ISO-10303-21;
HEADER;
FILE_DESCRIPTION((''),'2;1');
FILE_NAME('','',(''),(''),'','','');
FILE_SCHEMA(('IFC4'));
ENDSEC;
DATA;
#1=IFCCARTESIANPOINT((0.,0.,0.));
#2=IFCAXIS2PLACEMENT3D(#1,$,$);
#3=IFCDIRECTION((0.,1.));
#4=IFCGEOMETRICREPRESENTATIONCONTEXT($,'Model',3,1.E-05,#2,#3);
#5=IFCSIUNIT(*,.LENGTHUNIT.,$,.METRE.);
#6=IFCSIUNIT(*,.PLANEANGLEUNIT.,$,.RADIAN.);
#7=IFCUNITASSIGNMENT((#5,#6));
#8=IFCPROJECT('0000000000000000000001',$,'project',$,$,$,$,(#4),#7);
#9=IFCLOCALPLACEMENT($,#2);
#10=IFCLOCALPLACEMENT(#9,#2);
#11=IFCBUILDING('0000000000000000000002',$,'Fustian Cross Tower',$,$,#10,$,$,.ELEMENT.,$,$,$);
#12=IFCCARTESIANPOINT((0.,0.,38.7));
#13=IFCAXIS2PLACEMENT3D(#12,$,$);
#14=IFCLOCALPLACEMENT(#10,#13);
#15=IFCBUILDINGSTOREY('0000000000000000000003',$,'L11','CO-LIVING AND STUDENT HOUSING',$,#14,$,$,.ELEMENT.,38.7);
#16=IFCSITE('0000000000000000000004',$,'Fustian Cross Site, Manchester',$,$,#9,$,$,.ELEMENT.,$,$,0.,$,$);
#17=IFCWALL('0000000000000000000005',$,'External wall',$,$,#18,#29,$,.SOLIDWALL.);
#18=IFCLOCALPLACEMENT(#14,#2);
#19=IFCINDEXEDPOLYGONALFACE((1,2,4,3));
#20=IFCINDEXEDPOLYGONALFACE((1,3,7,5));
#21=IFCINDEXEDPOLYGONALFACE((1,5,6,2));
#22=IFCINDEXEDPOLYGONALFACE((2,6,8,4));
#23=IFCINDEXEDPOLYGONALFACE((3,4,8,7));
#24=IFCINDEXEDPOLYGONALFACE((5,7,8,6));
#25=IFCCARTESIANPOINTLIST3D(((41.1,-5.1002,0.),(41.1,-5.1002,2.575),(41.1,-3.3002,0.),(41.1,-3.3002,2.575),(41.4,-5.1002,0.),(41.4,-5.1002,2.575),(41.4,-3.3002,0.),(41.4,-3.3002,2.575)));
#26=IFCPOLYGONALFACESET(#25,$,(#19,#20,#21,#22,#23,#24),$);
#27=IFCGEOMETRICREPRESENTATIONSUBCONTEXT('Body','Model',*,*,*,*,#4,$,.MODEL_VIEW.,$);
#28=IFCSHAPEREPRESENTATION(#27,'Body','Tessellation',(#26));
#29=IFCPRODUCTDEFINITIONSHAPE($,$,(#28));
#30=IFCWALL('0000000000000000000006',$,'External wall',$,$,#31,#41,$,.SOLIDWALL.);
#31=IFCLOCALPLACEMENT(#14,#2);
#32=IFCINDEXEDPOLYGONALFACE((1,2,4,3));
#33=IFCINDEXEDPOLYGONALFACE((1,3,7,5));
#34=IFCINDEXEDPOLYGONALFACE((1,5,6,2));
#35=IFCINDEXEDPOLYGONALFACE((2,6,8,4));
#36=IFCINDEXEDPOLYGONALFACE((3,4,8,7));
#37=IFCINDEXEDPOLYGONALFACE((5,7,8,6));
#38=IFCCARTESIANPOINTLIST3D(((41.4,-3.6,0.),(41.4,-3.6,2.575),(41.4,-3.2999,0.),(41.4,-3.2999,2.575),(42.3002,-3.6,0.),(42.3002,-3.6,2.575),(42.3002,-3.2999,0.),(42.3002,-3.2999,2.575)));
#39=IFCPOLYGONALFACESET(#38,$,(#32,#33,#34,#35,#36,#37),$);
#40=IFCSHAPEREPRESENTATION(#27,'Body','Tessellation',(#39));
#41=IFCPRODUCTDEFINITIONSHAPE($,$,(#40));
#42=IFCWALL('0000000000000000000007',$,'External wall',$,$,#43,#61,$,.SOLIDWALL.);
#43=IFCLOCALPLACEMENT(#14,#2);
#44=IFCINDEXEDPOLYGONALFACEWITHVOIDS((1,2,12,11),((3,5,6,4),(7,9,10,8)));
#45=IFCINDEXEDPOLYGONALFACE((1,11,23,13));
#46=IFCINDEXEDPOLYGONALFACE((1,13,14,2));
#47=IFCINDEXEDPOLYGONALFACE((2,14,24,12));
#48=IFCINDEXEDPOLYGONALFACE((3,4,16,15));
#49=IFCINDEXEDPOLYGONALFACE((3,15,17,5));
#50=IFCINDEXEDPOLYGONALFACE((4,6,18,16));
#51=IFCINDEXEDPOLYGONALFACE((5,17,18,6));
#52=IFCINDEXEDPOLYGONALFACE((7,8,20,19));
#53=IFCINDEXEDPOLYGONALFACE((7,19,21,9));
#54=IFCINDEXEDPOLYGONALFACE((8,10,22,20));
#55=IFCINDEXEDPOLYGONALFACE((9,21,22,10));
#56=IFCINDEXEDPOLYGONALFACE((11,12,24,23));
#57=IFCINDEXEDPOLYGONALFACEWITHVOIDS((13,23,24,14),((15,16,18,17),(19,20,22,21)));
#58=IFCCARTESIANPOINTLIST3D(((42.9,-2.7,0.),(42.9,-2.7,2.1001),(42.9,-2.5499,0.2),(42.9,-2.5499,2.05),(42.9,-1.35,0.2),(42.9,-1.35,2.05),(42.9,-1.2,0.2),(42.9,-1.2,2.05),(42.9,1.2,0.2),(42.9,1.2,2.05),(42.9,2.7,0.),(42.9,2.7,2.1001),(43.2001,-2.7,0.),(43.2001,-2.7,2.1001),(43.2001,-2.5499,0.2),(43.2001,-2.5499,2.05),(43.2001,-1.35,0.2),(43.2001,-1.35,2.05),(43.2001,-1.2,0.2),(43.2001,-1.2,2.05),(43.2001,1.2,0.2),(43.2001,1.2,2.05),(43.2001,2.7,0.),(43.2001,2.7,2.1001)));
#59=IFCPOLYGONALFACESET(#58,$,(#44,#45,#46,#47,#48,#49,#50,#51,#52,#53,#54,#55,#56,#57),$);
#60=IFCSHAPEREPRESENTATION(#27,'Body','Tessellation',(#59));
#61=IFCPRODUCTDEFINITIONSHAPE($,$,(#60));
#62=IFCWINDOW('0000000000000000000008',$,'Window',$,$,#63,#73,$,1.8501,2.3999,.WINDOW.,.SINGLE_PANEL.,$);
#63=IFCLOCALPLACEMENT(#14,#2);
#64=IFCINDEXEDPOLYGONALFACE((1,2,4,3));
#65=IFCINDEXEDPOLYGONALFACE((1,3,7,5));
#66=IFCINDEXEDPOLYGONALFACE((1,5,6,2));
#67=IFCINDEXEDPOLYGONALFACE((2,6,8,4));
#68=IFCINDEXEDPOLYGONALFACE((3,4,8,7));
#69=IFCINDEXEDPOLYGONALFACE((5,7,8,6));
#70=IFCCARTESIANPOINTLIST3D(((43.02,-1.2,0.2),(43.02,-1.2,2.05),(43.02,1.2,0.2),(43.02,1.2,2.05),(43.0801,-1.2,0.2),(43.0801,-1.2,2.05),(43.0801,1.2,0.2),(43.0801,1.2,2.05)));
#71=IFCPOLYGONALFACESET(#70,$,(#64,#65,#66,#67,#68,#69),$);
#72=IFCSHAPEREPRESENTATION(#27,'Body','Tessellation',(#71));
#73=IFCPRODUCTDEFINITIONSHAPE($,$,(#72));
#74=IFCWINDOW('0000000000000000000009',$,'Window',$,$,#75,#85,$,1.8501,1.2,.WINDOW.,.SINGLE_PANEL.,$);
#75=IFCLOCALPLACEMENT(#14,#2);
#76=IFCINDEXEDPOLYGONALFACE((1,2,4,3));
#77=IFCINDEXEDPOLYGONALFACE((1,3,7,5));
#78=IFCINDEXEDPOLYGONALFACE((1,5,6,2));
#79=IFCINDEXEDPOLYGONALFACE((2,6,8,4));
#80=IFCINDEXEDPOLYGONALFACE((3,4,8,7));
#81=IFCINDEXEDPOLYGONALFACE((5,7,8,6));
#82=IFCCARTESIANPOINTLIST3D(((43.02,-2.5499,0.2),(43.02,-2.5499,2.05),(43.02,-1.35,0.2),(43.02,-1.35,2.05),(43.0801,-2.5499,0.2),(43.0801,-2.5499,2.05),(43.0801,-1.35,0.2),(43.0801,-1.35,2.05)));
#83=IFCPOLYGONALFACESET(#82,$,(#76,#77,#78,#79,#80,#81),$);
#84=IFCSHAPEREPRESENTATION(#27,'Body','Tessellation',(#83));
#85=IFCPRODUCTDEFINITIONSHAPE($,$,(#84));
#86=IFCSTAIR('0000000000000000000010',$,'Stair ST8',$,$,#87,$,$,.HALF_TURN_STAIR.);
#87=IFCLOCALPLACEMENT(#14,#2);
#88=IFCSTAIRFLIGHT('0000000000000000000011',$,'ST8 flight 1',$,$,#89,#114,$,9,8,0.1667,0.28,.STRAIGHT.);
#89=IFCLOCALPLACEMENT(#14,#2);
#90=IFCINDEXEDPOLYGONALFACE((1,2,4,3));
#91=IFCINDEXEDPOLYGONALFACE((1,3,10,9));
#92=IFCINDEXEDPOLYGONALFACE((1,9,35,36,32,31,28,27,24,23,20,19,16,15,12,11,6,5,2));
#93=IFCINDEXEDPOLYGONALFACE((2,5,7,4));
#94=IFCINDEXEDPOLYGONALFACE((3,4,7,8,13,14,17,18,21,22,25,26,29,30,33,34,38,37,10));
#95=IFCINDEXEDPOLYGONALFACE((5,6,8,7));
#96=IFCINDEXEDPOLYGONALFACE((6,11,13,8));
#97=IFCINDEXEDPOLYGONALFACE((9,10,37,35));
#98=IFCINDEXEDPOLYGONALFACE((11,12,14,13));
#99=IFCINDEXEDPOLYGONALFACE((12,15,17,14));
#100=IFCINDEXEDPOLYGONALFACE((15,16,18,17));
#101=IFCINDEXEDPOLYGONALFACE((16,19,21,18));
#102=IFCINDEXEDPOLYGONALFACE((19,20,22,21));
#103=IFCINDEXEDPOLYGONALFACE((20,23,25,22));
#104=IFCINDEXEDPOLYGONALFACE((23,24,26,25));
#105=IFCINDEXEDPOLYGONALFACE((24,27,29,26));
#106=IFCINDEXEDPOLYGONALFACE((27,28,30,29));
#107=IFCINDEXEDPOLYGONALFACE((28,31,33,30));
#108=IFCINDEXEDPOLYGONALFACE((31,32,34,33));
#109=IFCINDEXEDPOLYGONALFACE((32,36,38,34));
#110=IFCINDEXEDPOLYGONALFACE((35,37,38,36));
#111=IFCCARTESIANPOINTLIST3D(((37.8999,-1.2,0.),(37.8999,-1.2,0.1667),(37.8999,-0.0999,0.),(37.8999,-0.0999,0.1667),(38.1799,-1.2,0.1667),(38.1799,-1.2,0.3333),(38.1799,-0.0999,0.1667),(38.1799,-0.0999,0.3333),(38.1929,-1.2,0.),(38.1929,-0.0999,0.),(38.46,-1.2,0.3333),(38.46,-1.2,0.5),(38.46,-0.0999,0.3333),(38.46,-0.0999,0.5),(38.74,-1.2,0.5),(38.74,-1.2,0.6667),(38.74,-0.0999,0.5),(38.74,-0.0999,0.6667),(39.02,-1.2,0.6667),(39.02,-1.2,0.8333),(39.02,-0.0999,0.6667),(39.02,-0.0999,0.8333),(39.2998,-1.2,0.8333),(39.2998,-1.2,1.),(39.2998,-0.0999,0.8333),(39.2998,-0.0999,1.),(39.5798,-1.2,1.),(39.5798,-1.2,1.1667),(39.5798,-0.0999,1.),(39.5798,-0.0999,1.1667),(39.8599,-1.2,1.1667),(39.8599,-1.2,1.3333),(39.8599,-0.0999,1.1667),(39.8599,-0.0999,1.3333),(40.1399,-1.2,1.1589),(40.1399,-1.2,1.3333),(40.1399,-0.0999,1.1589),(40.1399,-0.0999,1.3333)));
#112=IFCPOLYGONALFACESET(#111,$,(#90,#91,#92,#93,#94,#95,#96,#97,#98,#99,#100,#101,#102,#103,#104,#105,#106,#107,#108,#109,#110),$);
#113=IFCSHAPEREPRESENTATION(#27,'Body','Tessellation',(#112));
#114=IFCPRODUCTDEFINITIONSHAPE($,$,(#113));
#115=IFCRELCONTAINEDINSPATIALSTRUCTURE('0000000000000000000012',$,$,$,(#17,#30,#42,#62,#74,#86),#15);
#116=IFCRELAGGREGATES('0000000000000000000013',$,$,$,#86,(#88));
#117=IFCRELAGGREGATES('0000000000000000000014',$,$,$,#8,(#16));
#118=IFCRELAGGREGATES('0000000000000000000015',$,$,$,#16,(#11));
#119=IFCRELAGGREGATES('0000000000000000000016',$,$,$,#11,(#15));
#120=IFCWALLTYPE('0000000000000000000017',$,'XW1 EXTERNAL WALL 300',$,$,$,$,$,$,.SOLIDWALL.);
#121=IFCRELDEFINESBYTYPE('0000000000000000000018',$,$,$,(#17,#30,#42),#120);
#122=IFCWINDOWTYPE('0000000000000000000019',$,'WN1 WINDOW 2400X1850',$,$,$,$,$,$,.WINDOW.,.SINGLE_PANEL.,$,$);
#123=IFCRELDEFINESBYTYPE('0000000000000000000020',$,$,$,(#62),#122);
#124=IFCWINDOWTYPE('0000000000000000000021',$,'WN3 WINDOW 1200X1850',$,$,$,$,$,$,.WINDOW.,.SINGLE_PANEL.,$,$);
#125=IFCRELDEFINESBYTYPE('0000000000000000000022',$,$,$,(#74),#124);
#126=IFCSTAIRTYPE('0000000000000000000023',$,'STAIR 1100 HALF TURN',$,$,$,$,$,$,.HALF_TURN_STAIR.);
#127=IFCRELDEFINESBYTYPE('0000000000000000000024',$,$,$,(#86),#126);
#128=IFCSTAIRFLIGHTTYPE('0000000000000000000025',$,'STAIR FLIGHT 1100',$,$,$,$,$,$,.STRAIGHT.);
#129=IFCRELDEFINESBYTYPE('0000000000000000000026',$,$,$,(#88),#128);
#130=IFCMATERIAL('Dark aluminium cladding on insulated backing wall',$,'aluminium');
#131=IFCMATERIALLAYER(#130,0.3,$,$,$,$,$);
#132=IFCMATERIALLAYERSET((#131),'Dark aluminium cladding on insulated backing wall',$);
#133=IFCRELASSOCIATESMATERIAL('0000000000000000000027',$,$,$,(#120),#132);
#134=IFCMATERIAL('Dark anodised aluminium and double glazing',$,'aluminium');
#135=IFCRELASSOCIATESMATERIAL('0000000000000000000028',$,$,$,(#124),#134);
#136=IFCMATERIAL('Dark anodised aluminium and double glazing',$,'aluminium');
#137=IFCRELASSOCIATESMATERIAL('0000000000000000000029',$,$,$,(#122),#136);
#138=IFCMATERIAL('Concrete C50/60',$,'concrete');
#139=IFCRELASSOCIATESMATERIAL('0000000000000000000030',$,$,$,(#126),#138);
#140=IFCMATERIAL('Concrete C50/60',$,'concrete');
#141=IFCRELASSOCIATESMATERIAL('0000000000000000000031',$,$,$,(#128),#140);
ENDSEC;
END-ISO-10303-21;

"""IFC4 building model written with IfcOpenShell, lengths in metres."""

from ifc_helpers import new_model, si_unit, direction, frame, frame_2d, origin, place, context, subcontext, project, spatial, polyline, rectangle, outline, extrude, material, layer, layer_set, type_object, element, fill, aggregate, save


model = new_model("IFC4")

# Units and contexts
model_context = context("Model", 3, precision=1e-05, world=origin(), true_north=direction((0.0, 1.0)))
body_context = subcontext(model_context, "Body", "Model", "MODEL_VIEW")
ifc_project = project(units=[si_unit("LENGTHUNIT", "METRE"), si_unit("PLANEANGLEUNIT", "RADIAN")], contexts=[model_context])

# Site, building, storey
site_placement = place(None, origin())
site = spatial("IfcSite", under=ifc_project, at=site_placement, Name="Fustian Cross Site, Manchester", CompositionType="ELEMENT", RefElevation=0.0)
building_placement = place(site_placement, origin())
building = spatial("IfcBuilding", under=site, at=building_placement, Name="Fustian Cross Tower", CompositionType="ELEMENT")
storey_placement = place(building_placement, frame((0.0, 0.0, 38.7)))
storey = spatial("IfcBuildingStorey", under=building, at=storey_placement, Name="L11", Description="CO-LIVING AND STUDENT HOUSING", CompositionType="ELEMENT", Elevation=38.7)

# Shared definitions
ifc_material_1 = material(Name="Dark aluminium cladding on insulated backing wall", Category="aluminium")
ifc_layer_1 = layer(ifc_material_1, 0.3)
ifc_layer_set_1 = layer_set([ifc_layer_1], Name="Dark aluminium cladding on insulated backing wall")
wall_type_1 = type_object("IfcWallType", Name="XW1 EXTERNAL WALL 300", PredefinedType="SOLIDWALL", material=ifc_layer_set_1)
ifc_material_2 = material(Name="Dark anodised aluminium and double glazing", Category="aluminium")
window_type_1 = type_object("IfcWindowType", Name="WN3 WINDOW 1200X1850", PartitioningType="SINGLE_PANEL", PredefinedType="WINDOW", material=ifc_material_2)

# Walls
wall_1_placement = place(storey_placement, frame((41.25, -5.1001, 0.0), z_axis=(0.0, 0.0, 1.0), x_axis=(0.0, 1.0, 0.0)))
element("IfcWall", 1, at=wall_1_placement, inside=storey, type_object=wall_type_1, Name="External wall", PredefinedType="SOLIDWALL", context=body_context, shape_type="SweptSolid", body=[
    extrude(rectangle(XDim=1.8, YDim=0.3, at=frame_2d((0.8999, 0.0))), origin(), (0.0, 0.0, 1.0), 2.575),
])
wall_2_placement = place(storey_placement, frame((41.3999, -3.45, 0.0), z_axis=(0.0, 0.0, 1.0), x_axis=(1.0, 0.0, 0.0)))
element("IfcWall", 2, at=wall_2_placement, inside=storey, type_object=wall_type_1, Name="External wall", PredefinedType="SOLIDWALL", context=body_context, shape_type="SweptSolid", body=[
    extrude(rectangle(XDim=0.9001, YDim=0.3, at=frame_2d((0.4502, 0.0))), origin(), (0.0, 0.0, 1.0), 2.575),
])

# Wall, openings, windows
wall_3_placement = place(storey_placement, frame((43.05, -2.7, 0.0), z_axis=(0.0, 0.0, 1.0), x_axis=(0.0, 1.0, 0.0)))
wall_3 = element("IfcWall", 3, at=wall_3_placement, inside=storey, type_object=wall_type_1, Name="External wall", PredefinedType="SOLIDWALL", context=body_context, shape_type="SweptSolid", body=[
    extrude(rectangle(XDim=5.3999, YDim=0.3, at=frame_2d((2.7, 0.0))), origin(), (0.0, 0.0, 1.0), 2.1001),
])
opening_1_placement = place(wall_3_placement, frame((1.5, 0.0, 0.2)))
opening_1 = element("IfcOpeningElement", 4, at=opening_1_placement, cuts=wall_3, PredefinedType="OPENING", context=body_context, shape_type="SweptSolid", body=[
    extrude(rectangle(XDim=2.3999, YDim=1.8501, at=frame_2d((1.2, 0.925))), frame((0.0, 0.1599, 0.0), z_axis=(0.0, -1.0, 0.0), x_axis=(1.0, 0.0, 0.0)), (0.0, 0.0, 1.0), 0.3201),
])
opening_2_placement = place(wall_3_placement, frame((0.1499, 0.0, 0.2)))
opening_2 = element("IfcOpeningElement", 5, at=opening_2_placement, cuts=wall_3, PredefinedType="OPENING", context=body_context, shape_type="SweptSolid", body=[
    extrude(rectangle(XDim=1.2, YDim=1.8501, at=frame_2d((0.6001, 0.925))), frame((0.0, 0.1599, 0.0), z_axis=(0.0, -1.0, 0.0), x_axis=(1.0, 0.0, 0.0)), (0.0, 0.0, 1.0), 0.3201),
])
ifc_material_3 = material(Name="Dark anodised aluminium and double glazing", Category="aluminium")
window_type_2 = type_object("IfcWindowType", Name="WN1 WINDOW 2400X1850", PartitioningType="SINGLE_PANEL", PredefinedType="WINDOW", material=ifc_material_3)
window_1_placement = place(opening_1_placement, origin())
window_1 = element("IfcWindow", 6, at=window_1_placement, inside=storey, type_object=window_type_2, Name="Window", OverallHeight=1.8501, OverallWidth=2.3999, PartitioningType="SINGLE_PANEL", PredefinedType="WINDOW", context=body_context, shape_type="SweptSolid", body=[
    extrude(rectangle(XDim=2.3999, YDim=1.8501, at=frame_2d((1.2, 0.925))), frame((0.0, 0.03, 0.0), z_axis=(0.0, -1.0, 0.0), x_axis=(1.0, 0.0, 0.0)), (0.0, 0.0, 1.0), 0.0601),
])
fill(opening_1, window_1)
window_2_placement = place(opening_2_placement, origin())
window_2 = element("IfcWindow", 7, at=window_2_placement, inside=storey, type_object=window_type_1, Name="Window", OverallHeight=1.8501, OverallWidth=1.2, PartitioningType="SINGLE_PANEL", PredefinedType="WINDOW", context=body_context, shape_type="SweptSolid", body=[
    extrude(rectangle(XDim=1.2, YDim=1.8501, at=frame_2d((0.6001, 0.925))), frame((0.0, 0.03, 0.0), z_axis=(0.0, -1.0, 0.0), x_axis=(1.0, 0.0, 0.0)), (0.0, 0.0, 1.0), 0.0601),
])
fill(opening_2, window_2)

# Stair, stair flight
ifc_material_4 = material(Name="Concrete C50/60", Category="concrete")
stair_type = type_object("IfcStairType", Name="STAIR 1100 HALF TURN", PredefinedType="HALF_TURN_STAIR", material=ifc_material_4)
stair_placement = place(storey_placement, origin())
stair = element("IfcStair", 8, at=stair_placement, inside=storey, type_object=stair_type, Name="Stair ST8", PredefinedType="HALF_TURN_STAIR")
ifc_material_5 = material(Name="Concrete C50/60", Category="concrete")
stair_flight_type = type_object("IfcStairFlightType", Name="STAIR FLIGHT 1100", PredefinedType="STRAIGHT", material=ifc_material_5)
stair_flight_placement = place(storey_placement, frame((37.8999, -0.6499, 0.0), z_axis=(0.0, 0.0, 1.0), x_axis=(1.0, 0.0, 0.0)))
stair_flight = element("IfcStairFlight", 9, at=stair_flight_placement, type_object=stair_flight_type, Name="ST8 flight 1", NumberOfRisers=9, NumberOfTreads=8, PredefinedType="STRAIGHT", RiserHeight=0.1667, TreadLength=0.28, context=body_context, shape_type="SweptSolid", body=[
    extrude(outline(polyline([(0.0, 0.0), (0.0, 0.1667), (0.28, 0.1667), (0.28, 0.3333), (0.5601, 0.3333), (0.5601, 0.5), (0.8401, 0.5), (0.8401, 0.6667), (1.1201, 0.6667), (1.1201, 0.8333), (1.3999, 0.8333), (1.3999, 1.0), (1.6799, 1.0), (1.6799, 1.1667), (1.96, 1.1667), (1.96, 1.3333), (2.24, 1.3333), (2.24, 1.5), (2.24, 1.1589), (0.293, 0.0), (0.0, 0.0)])), frame((0.0, 0.55, 0.0), z_axis=(0.0, -1.0, 0.0), x_axis=(1.0, 0.0, 0.0)), (0.0, 0.0, 1.0), 1.1001),
])
aggregate(stair, [stair_flight])

save(model, "model.ifc")
